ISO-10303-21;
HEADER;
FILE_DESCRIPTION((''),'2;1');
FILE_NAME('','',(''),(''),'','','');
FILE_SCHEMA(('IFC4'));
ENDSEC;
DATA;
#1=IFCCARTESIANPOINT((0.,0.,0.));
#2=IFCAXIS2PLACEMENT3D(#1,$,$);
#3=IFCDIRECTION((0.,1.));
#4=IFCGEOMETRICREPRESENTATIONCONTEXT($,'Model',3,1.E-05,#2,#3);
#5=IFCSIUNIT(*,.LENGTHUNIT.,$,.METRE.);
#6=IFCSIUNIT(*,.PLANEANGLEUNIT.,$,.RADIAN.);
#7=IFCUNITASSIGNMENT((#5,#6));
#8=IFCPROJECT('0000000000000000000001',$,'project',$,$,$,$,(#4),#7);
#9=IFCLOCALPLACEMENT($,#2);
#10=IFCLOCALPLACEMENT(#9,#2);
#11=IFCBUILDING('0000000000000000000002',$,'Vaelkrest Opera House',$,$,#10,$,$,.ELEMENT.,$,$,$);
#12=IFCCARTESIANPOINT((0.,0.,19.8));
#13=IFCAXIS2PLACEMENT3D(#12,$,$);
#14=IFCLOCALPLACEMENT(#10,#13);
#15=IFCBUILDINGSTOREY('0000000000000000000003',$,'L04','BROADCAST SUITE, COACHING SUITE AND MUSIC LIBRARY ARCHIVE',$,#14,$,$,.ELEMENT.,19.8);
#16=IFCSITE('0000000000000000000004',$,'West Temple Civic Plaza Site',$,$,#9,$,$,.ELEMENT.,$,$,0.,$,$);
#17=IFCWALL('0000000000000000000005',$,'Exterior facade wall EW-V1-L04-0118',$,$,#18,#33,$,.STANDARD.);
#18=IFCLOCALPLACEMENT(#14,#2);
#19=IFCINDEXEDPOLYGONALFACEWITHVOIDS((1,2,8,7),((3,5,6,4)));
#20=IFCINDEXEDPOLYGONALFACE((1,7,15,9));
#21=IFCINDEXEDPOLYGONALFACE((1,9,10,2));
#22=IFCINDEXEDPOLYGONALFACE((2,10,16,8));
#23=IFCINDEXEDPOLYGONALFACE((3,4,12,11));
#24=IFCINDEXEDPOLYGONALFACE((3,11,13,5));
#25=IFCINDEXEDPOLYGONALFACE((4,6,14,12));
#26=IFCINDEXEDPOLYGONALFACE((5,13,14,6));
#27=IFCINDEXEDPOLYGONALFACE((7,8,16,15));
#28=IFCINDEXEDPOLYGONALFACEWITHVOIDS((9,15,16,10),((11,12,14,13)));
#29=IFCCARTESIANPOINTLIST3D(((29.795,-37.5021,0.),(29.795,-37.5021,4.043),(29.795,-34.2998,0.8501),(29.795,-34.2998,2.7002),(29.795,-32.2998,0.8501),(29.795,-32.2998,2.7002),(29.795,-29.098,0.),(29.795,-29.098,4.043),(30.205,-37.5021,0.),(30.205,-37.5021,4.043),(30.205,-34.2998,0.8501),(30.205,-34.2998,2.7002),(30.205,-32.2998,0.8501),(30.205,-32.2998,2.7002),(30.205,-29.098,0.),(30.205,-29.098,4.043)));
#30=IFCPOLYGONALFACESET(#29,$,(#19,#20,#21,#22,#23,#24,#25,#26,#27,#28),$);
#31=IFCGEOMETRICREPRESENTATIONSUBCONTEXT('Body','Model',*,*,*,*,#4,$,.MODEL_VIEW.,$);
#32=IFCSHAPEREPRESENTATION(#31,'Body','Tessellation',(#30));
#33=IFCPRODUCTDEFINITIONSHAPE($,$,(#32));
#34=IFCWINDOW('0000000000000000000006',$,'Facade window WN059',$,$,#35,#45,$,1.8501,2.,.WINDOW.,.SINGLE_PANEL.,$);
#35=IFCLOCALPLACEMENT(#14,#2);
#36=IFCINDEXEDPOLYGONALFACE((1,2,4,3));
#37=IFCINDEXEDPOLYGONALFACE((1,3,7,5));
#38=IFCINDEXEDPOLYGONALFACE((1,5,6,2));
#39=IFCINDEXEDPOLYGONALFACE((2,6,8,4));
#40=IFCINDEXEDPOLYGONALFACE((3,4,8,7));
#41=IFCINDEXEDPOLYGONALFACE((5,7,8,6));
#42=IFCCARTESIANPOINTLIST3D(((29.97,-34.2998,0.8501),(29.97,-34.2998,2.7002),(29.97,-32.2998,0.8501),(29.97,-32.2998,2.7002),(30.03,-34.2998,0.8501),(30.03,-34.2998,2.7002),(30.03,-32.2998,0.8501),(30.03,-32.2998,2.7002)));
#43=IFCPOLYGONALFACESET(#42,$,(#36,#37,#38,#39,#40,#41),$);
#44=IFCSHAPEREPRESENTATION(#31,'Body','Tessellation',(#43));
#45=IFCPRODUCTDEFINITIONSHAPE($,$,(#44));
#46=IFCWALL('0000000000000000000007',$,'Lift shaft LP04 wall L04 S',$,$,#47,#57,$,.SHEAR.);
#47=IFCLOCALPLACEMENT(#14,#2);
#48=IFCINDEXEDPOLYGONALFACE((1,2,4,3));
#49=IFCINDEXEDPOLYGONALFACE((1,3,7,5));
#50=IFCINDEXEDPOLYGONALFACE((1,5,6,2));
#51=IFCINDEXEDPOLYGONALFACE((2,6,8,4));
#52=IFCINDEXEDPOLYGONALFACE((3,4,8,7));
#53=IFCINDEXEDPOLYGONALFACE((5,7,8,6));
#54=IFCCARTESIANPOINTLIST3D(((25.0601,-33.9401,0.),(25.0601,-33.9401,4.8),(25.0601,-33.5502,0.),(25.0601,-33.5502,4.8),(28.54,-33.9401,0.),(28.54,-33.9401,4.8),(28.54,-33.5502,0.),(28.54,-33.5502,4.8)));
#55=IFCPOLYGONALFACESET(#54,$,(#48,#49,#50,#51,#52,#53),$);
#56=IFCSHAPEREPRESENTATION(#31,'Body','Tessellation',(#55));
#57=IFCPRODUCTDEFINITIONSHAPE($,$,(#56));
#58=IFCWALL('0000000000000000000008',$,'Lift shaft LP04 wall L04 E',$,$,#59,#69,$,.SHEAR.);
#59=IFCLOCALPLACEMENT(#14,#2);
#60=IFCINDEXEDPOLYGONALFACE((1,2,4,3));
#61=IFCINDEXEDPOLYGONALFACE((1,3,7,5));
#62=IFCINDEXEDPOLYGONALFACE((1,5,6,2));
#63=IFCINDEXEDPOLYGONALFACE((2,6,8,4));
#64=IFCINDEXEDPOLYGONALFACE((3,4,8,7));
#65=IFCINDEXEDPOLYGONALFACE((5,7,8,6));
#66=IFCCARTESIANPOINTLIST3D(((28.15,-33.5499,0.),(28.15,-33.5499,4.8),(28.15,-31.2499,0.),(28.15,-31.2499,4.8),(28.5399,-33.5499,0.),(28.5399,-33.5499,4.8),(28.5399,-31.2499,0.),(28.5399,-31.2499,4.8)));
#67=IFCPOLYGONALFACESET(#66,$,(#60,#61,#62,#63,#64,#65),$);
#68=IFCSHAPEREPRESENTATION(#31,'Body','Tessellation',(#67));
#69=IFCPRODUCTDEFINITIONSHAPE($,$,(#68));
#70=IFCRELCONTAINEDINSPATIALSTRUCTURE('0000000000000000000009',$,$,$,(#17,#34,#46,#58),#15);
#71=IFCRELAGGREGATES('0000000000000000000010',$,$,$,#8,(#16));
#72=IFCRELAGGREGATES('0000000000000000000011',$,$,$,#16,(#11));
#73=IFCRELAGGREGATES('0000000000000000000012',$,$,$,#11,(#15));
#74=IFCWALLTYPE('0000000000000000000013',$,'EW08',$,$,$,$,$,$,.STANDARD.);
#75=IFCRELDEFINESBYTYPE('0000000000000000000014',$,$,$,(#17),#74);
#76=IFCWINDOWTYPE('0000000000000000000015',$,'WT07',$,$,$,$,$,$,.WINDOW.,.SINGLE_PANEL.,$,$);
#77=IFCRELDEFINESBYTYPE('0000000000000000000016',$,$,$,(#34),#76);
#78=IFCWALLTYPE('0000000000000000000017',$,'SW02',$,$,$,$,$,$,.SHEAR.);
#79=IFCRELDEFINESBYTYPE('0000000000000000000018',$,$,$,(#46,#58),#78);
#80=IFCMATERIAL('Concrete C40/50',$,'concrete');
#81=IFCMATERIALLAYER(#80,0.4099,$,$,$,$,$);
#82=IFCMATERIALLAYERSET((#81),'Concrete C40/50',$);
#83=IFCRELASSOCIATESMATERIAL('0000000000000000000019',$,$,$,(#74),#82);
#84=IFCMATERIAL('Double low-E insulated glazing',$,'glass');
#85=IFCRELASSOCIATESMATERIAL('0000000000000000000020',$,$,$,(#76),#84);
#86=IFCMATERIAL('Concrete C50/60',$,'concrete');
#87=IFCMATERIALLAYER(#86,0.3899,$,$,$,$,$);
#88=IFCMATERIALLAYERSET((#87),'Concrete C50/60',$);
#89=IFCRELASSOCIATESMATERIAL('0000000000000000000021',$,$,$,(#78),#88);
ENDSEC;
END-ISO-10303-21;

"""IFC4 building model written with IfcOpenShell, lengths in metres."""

from ifc_helpers import new_model, si_unit, direction, frame, frame_2d, origin, place, context, subcontext, project, spatial, rectangle, extrude, material, layer, layer_set, type_object, element, fill, save


model = new_model("IFC4")

# Units and contexts
model_context = context("Model", 3, precision=1e-05, world=origin(), true_north=direction((0.0, 1.0)))
body_context = subcontext(model_context, "Body", "Model", "MODEL_VIEW")
ifc_project = project(units=[si_unit("LENGTHUNIT", "METRE"), si_unit("PLANEANGLEUNIT", "RADIAN")], contexts=[model_context])

# Site, building, storey
site_placement = place(None, origin())
site = spatial("IfcSite", under=ifc_project, at=site_placement, Name="West Temple Civic Plaza Site", CompositionType="ELEMENT", RefElevation=0.0)
building_placement = place(site_placement, origin())
building = spatial("IfcBuilding", under=site, at=building_placement, Name="Vaelkrest Opera House", CompositionType="ELEMENT")
storey_placement = place(building_placement, frame((0.0, 0.0, 19.8)))
storey = spatial("IfcBuildingStorey", under=building, at=storey_placement, Name="L04", Description="BROADCAST SUITE, COACHING SUITE AND MUSIC LIBRARY ARCHIVE", CompositionType="ELEMENT", Elevation=19.8)

# Shared definitions
ifc_material_1 = material(Name="Concrete C50/60", Category="concrete")

# Shared definitions
ifc_material_2 = material(Name="Double low-E insulated glazing", Category="glass")

# Wall, opening, window
ifc_material_3 = material(Name="Concrete C40/50", Category="concrete")
ifc_layer_1 = layer(ifc_material_3, 0.4099)
ifc_layer_set_1 = layer_set([ifc_layer_1], Name="Concrete C40/50")
wall_type_1 = type_object("IfcWallType", Name="EW08", PredefinedType="STANDARD", material=ifc_layer_set_1)
wall_1_placement = place(storey_placement, frame((30.0, -29.0979, 0.0), z_axis=(0.0, 0.0, 1.0), x_axis=(0.0, -1.0, 0.0)))
wall_1 = element("IfcWall", 1, at=wall_1_placement, inside=storey, type_object=wall_type_1, Name="Exterior facade wall EW-V1-L04-0118", PredefinedType="STANDARD", context=body_context, shape_type="SweptSolid", body=[
    extrude(rectangle(XDim=8.4041, YDim=0.4099, at=frame_2d((4.2021, 0.0))), origin(), (0.0, 0.0, 1.0), 4.043),
])
opening_placement = place(wall_1_placement, frame((3.2019, 0.0, 0.8501)))
opening = element("IfcOpeningElement", 2, at=opening_placement, cuts=wall_1, PredefinedType="OPENING", context=body_context, shape_type="SweptSolid", body=[
    extrude(rectangle(XDim=2.0, YDim=1.8501, at=frame_2d((1.0, 0.925))), frame((0.0, 0.2148, 0.0), z_axis=(0.0, -1.0, 0.0), x_axis=(1.0, 0.0, 0.0)), (0.0, 0.0, 1.0), 0.4299),
])
window_type = type_object("IfcWindowType", Name="WT07", PartitioningType="SINGLE_PANEL", PredefinedType="WINDOW", material=ifc_material_2)
window_placement = place(opening_placement, origin())
window = element("IfcWindow", 3, at=window_placement, inside=storey, type_object=window_type, Name="Facade window WN059", OverallHeight=1.8501, OverallWidth=2.0, PartitioningType="SINGLE_PANEL", PredefinedType="WINDOW", context=body_context, shape_type="SweptSolid", body=[
    extrude(rectangle(XDim=2.0, YDim=1.8501, at=frame_2d((1.0, 0.925))), frame((0.0, 0.03, 0.0), z_axis=(0.0, -1.0, 0.0), x_axis=(1.0, 0.0, 0.0)), (0.0, 0.0, 1.0), 0.0601),
])
fill(opening, window)

# Walls
ifc_layer_2 = layer(ifc_material_1, 0.3899)
ifc_layer_set_2 = layer_set([ifc_layer_2], Name="Concrete C50/60")
wall_type_2 = type_object("IfcWallType", Name="SW02", PredefinedType="SHEAR", material=ifc_layer_set_2)
wall_2_placement = place(storey_placement, frame((28.54, -33.7451, 0.0), z_axis=(0.0, 0.0, 1.0), x_axis=(-1.0, 0.0, 0.0)))
element("IfcWall", 4, at=wall_2_placement, inside=storey, type_object=wall_type_2, Name="Lift shaft LP04 wall L04 S", PredefinedType="SHEAR", context=body_context, shape_type="SweptSolid", body=[
    extrude(rectangle(XDim=3.48, YDim=0.3899, at=frame_2d((1.74, 0.0))), origin(), (0.0, 0.0, 1.0), 4.8),
])
wall_3_placement = place(storey_placement, frame((28.345, -31.25, 0.0), z_axis=(0.0, 0.0, 1.0), x_axis=(0.0, -1.0, 0.0)))
element("IfcWall", 5, at=wall_3_placement, inside=storey, type_object=wall_type_2, Name="Lift shaft LP04 wall L04 E", PredefinedType="SHEAR", context=body_context, shape_type="SweptSolid", body=[
    extrude(rectangle(XDim=2.3, YDim=0.3899, at=frame_2d((1.1499, 0.0))), origin(), (0.0, 0.0, 1.0), 4.8),
])

save(model, "model.ifc")
